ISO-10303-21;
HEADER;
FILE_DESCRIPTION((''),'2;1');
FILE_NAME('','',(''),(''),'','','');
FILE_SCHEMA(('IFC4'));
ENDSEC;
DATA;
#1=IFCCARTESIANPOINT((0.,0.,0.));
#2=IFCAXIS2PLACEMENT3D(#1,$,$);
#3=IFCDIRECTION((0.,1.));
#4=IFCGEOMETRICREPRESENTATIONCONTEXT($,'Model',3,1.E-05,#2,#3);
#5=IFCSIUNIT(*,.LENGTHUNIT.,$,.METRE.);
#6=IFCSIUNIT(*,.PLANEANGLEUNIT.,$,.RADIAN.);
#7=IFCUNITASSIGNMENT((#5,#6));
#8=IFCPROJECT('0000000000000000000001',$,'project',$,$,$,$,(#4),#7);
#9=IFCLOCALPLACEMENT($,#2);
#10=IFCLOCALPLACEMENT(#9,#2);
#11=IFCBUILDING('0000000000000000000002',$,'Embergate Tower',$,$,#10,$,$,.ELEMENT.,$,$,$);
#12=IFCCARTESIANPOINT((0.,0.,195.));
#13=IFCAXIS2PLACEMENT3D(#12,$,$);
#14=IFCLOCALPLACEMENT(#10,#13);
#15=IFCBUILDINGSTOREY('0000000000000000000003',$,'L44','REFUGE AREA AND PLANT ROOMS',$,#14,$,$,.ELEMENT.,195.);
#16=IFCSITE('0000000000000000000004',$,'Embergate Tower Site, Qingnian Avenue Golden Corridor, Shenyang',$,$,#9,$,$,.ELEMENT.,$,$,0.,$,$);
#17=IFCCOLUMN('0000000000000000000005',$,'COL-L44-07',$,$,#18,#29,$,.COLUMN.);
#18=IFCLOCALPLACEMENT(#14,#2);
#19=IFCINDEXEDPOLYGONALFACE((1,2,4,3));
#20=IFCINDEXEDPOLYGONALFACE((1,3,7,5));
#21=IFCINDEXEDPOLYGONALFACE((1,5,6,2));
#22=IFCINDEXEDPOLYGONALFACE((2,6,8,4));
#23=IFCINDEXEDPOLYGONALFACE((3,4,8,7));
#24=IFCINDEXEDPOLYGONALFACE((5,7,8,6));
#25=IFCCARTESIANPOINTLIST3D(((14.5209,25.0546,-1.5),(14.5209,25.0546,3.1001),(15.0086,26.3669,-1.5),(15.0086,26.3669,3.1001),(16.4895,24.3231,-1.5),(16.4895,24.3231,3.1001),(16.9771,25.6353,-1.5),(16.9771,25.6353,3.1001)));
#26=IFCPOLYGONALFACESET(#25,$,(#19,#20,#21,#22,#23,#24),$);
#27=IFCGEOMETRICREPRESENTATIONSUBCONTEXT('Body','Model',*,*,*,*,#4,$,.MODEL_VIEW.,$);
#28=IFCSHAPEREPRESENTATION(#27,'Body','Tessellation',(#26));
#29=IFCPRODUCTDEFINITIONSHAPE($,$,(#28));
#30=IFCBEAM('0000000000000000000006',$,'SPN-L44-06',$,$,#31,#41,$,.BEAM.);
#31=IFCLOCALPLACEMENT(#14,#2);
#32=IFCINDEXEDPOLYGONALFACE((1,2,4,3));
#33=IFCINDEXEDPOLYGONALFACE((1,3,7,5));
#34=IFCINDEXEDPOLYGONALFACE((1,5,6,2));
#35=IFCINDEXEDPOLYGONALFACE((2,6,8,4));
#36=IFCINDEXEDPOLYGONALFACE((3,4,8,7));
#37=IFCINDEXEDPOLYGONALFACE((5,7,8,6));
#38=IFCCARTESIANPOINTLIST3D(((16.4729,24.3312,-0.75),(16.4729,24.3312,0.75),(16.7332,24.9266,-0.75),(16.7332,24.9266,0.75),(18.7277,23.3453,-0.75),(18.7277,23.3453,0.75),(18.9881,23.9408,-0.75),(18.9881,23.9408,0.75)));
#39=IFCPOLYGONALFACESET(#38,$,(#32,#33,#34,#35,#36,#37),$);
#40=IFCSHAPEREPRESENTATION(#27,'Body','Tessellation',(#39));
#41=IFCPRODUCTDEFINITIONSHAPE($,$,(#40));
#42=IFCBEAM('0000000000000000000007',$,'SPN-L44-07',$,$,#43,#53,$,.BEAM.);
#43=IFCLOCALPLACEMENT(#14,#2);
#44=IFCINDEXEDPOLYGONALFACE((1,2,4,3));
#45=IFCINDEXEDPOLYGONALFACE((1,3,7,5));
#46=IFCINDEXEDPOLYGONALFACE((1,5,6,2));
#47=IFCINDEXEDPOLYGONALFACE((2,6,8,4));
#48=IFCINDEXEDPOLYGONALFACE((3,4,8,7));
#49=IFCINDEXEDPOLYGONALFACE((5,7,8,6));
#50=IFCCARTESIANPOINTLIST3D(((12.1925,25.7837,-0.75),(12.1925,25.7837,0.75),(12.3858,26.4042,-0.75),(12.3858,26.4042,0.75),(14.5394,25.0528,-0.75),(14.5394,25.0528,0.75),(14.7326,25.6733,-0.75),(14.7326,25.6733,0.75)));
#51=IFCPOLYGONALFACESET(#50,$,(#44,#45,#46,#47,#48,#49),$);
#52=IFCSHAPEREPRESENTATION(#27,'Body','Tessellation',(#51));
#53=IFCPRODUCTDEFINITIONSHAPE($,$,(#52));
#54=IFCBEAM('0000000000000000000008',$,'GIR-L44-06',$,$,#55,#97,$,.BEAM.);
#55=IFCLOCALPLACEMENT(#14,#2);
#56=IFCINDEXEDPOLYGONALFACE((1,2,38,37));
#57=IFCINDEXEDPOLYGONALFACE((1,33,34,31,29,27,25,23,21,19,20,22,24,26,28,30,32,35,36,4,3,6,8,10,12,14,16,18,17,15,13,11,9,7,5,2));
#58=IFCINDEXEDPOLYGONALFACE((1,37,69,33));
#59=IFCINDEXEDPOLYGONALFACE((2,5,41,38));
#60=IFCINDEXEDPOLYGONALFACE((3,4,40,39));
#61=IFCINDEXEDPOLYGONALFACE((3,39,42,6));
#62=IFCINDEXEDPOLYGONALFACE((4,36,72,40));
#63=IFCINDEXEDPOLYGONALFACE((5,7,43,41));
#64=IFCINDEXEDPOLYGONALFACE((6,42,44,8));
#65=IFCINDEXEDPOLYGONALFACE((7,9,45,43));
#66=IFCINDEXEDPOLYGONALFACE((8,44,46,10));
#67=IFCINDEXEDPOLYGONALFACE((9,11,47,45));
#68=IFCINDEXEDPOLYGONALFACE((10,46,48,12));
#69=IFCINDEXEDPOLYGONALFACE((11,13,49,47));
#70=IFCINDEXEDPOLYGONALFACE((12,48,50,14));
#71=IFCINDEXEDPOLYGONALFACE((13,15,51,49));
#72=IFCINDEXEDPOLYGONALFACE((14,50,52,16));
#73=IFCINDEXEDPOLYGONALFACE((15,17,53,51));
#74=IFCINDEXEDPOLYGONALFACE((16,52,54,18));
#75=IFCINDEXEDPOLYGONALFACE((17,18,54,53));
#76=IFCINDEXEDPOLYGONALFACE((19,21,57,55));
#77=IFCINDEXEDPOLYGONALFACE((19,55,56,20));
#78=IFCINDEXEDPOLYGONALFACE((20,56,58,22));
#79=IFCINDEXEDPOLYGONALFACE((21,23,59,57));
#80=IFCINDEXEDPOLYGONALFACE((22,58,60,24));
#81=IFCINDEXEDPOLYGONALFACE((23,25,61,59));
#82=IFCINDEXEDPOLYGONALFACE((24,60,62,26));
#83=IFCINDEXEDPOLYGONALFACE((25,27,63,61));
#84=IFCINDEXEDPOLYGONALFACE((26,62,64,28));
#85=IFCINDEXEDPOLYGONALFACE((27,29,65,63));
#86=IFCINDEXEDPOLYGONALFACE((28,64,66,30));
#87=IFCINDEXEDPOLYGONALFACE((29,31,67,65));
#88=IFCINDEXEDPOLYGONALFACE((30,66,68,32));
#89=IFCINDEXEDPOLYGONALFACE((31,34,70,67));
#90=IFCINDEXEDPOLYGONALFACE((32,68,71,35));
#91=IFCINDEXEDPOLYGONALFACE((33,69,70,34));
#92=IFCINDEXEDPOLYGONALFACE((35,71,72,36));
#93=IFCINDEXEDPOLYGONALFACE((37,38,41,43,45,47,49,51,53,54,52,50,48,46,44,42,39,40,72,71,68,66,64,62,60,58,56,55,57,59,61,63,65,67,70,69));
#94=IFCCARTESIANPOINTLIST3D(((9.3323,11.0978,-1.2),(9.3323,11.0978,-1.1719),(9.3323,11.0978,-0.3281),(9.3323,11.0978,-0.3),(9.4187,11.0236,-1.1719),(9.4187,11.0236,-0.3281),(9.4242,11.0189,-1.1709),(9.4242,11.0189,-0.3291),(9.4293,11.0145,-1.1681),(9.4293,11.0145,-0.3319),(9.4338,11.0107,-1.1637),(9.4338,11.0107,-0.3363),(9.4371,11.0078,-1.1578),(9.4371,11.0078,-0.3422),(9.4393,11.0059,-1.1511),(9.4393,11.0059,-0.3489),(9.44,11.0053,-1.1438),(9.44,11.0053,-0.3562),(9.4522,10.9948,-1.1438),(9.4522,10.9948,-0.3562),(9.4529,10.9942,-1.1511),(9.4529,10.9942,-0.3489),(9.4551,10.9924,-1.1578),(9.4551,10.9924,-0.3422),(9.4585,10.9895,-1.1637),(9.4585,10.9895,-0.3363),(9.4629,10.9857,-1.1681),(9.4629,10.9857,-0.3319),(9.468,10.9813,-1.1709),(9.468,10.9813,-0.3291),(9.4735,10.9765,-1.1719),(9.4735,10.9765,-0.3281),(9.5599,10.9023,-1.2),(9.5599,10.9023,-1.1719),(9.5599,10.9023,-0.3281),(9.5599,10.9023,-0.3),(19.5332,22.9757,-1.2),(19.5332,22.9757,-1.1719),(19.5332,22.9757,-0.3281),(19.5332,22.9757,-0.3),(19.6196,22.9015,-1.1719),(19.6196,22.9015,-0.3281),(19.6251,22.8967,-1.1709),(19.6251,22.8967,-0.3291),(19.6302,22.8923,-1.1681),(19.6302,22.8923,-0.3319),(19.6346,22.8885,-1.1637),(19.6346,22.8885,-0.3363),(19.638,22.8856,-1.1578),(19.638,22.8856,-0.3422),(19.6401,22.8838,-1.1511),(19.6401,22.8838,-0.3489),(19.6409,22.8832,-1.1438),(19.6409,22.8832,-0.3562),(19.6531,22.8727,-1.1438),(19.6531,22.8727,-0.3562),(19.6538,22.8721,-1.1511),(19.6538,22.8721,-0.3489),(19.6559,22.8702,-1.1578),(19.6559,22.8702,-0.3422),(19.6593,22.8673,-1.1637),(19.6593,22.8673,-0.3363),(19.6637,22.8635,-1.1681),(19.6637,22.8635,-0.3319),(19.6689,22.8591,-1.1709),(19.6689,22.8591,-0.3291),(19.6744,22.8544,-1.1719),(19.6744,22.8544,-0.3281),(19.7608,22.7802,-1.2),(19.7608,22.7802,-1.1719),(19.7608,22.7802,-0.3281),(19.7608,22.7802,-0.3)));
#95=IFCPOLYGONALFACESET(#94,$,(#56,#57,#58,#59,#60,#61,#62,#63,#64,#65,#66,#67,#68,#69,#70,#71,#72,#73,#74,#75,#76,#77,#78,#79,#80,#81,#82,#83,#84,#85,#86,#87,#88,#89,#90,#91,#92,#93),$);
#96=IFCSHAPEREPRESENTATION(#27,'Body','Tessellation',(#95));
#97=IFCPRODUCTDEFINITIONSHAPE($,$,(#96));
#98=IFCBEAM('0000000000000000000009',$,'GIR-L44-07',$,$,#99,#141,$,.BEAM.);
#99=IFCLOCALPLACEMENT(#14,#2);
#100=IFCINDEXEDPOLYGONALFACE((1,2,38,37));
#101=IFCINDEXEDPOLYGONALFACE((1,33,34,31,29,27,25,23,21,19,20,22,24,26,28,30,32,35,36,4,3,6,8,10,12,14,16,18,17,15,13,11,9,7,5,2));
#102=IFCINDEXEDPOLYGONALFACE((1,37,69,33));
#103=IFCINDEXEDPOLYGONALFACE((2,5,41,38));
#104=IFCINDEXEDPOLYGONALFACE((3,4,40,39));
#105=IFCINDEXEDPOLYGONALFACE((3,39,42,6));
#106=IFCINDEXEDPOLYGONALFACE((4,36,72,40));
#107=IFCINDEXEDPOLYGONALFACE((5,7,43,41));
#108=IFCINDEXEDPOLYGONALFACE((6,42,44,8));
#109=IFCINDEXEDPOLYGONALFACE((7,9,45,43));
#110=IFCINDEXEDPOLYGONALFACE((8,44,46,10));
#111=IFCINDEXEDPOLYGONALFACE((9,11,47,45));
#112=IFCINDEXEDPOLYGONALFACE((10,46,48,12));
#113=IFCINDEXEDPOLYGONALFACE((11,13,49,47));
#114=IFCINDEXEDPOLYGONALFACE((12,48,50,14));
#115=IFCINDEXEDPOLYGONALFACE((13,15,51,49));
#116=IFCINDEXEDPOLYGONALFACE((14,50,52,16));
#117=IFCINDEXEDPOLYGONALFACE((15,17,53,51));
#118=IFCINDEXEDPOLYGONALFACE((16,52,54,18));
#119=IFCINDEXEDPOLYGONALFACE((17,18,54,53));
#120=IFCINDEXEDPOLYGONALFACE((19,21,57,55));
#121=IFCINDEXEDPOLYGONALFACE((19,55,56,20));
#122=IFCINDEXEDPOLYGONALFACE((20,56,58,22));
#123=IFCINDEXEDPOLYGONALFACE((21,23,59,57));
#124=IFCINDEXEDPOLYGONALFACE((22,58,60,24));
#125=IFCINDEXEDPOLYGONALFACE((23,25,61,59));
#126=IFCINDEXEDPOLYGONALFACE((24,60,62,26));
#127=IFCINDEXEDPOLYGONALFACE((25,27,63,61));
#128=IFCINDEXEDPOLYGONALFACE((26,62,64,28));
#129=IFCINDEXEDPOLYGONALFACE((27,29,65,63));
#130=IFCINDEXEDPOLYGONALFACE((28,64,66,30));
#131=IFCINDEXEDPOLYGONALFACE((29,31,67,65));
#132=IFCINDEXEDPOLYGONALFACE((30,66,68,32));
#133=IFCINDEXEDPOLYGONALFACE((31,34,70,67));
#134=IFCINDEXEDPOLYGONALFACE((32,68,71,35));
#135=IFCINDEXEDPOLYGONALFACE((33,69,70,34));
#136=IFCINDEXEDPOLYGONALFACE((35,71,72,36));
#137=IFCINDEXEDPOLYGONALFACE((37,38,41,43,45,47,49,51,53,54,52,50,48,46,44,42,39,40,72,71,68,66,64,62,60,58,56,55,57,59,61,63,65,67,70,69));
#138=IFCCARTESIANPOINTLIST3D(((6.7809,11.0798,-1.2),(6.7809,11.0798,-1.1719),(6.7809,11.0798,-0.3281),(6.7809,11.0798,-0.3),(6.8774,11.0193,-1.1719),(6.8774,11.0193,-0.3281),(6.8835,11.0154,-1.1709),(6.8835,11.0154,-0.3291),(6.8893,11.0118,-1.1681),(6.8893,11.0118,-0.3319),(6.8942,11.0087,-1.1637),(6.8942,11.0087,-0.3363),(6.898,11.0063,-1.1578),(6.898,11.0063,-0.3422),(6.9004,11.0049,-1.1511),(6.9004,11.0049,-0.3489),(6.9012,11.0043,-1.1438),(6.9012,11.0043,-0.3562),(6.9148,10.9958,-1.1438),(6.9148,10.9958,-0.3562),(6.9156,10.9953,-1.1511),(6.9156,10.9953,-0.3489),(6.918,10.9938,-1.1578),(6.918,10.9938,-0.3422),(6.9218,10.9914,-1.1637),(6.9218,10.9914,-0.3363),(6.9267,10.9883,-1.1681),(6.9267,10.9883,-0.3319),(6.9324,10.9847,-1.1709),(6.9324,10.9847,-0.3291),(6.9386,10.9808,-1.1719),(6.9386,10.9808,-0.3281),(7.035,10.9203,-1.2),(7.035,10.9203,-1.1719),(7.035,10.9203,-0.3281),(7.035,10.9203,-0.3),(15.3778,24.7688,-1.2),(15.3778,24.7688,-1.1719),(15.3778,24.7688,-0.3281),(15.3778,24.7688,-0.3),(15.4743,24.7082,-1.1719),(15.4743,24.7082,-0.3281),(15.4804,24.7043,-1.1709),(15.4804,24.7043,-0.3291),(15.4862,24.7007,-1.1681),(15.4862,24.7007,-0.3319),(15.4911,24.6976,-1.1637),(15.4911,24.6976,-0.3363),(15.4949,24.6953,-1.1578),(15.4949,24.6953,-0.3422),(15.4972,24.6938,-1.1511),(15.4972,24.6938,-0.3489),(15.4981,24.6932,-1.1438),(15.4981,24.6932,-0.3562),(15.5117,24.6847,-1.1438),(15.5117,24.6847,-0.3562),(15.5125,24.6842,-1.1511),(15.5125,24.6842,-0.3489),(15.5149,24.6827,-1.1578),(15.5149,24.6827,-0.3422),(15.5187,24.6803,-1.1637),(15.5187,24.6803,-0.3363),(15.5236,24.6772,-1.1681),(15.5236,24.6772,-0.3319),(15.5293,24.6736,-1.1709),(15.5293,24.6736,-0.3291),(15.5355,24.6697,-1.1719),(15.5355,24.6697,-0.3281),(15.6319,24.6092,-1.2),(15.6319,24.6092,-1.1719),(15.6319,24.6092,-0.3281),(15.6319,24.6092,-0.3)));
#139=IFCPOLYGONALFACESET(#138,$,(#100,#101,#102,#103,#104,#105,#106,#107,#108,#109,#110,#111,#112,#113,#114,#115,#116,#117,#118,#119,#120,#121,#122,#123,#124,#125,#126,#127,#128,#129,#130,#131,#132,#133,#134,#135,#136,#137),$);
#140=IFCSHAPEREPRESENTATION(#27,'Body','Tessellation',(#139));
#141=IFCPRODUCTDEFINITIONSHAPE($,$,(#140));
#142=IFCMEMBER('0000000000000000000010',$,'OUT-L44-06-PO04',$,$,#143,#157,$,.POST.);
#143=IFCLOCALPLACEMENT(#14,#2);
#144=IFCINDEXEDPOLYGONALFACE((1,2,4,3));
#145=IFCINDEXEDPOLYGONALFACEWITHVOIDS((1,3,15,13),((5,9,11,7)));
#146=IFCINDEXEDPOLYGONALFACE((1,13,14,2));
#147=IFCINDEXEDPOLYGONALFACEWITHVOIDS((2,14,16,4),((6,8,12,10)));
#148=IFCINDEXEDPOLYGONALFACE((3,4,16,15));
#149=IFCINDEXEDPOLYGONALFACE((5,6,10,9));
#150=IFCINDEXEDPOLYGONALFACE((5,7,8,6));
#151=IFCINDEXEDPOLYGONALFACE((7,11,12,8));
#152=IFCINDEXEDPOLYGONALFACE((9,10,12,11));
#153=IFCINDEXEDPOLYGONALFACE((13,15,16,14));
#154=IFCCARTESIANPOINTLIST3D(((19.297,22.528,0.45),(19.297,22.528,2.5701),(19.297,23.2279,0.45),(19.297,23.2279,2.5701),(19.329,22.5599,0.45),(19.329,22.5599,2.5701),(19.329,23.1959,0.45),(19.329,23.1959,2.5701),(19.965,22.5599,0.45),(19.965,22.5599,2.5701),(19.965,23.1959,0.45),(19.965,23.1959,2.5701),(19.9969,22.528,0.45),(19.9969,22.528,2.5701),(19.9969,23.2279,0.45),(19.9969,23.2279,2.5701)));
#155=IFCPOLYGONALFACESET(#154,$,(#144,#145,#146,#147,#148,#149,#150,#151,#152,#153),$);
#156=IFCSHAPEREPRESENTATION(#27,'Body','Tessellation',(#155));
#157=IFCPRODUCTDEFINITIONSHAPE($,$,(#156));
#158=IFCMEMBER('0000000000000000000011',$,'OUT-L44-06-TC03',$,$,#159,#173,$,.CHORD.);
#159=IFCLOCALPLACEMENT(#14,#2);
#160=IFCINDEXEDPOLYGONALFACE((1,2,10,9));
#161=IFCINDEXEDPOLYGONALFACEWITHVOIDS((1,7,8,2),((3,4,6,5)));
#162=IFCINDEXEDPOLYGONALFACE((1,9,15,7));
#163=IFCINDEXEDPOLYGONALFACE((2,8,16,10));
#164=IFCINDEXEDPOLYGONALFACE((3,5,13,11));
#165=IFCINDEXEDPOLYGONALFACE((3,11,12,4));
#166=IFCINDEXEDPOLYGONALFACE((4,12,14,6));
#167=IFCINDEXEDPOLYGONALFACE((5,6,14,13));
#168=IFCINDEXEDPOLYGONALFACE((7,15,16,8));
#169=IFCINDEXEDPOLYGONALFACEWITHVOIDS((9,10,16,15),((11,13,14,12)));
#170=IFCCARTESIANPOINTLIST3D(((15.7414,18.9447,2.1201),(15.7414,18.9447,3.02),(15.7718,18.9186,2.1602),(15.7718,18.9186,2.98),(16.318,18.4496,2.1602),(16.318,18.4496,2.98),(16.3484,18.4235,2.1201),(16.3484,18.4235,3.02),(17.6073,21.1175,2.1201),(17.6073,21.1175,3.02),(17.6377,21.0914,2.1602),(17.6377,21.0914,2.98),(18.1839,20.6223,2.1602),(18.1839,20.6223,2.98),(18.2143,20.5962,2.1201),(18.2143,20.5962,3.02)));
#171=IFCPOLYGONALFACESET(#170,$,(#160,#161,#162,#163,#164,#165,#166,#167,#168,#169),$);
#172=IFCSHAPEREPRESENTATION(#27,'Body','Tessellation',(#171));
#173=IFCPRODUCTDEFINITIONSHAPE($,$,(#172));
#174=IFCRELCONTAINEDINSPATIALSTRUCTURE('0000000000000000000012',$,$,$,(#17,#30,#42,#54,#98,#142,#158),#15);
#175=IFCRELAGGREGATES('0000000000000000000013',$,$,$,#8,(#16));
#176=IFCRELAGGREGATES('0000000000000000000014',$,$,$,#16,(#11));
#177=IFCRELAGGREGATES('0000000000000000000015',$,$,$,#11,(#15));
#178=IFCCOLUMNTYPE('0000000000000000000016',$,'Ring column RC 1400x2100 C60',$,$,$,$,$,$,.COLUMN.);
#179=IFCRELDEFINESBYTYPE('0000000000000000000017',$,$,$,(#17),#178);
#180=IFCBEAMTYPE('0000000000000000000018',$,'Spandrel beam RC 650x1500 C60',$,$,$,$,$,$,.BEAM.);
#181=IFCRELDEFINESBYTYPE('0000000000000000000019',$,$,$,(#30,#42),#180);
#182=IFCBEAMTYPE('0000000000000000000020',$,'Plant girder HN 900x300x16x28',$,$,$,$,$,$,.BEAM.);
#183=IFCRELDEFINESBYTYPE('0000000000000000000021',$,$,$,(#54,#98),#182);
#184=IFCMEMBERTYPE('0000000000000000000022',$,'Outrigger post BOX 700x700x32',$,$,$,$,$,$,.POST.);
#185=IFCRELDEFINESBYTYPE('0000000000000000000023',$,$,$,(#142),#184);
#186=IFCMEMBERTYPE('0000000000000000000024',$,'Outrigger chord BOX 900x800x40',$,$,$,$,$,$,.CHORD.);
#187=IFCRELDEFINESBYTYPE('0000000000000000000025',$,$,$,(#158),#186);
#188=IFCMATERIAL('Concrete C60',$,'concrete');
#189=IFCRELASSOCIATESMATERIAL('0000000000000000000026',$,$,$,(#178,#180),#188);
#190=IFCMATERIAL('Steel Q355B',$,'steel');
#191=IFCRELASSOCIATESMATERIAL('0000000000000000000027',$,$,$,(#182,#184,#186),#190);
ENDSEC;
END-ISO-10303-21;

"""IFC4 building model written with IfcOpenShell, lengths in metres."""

from ifc_helpers import new_model, si_unit, direction, frame, origin, origin_2d, place, context, subcontext, project, spatial, rectangle, hollow_rectangle, i_section, extrude, source, transform, mapped, material, material_profile, profile_set, type_object, element, save


model = new_model("IFC4")

# Units and contexts
model_context = context("Model", 3, precision=1e-05, world=origin(), true_north=direction((0.0, 1.0)))
body_context = subcontext(model_context, "Body", "Model", "MODEL_VIEW")
ifc_project = project(units=[si_unit("LENGTHUNIT", "METRE"), si_unit("PLANEANGLEUNIT", "RADIAN")], contexts=[model_context])

# Site, building, storey
site_placement = place(None, origin())
site = spatial("IfcSite", under=ifc_project, at=site_placement, Name="Embergate Tower Site, Qingnian Avenue Golden Corridor, Shenyang", CompositionType="ELEMENT", RefElevation=0.0)
building_placement = place(site_placement, origin())
building = spatial("IfcBuilding", under=site, at=building_placement, Name="Embergate Tower", CompositionType="ELEMENT")
storey_placement = place(building_placement, frame((0.0, 0.0, 195.0)))
storey = spatial("IfcBuildingStorey", under=building, at=storey_placement, Name="L44", Description="REFUGE AREA AND PLANT ROOMS", CompositionType="ELEMENT", Elevation=195.0)

# Column
ifc_material_1 = material(Name="Concrete C60", Category="concrete")
ifc_material_profile_1 = material_profile(ifc_material_1, rectangle(XDim=1.3999, YDim=2.1001, at=origin_2d()), Name="RC 1400x2100")
ifc_profile_set_1 = profile_set([ifc_material_profile_1], Name="Concrete C60")
column_type = type_object("IfcColumnType", Name="Ring column RC 1400x2100 C60", PredefinedType="COLUMN", material=ifc_profile_set_1)
shared_shape_1 = source(origin(), body_context, "Body", "SweptSolid", [
    extrude(rectangle(XDim=1.3999, YDim=2.1001, at=origin_2d()), origin(), (0.0, 0.0, 1.0), 4.6001),
])
column_placement = place(storey_placement, frame((15.749, 25.345, -1.5), z_axis=(0.0, 0.0, 1.0), x_axis=(0.348343, 0.937367, 0.0)))
element("IfcColumn", 1, at=column_placement, inside=storey, type_object=column_type, Name="COL-L44-07", PredefinedType="COLUMN", context=body_context, shape_type="MappedRepresentation", body=[
    mapped(shared_shape_1, transform((0.0, 0.0, 0.0))),
])

# Beams
ifc_material_profile_2 = material_profile(ifc_material_1, rectangle(XDim=0.6499, YDim=1.5, at=origin_2d()), Name="RC 650x1500")
ifc_profile_set_2 = profile_set([ifc_material_profile_2], Name="Concrete C60")
beam_type_1 = type_object("IfcBeamType", Name="Spandrel beam RC 650x1500 C60", PredefinedType="BEAM", material=ifc_profile_set_2)
shared_shape_2 = source(origin(), body_context, "Body", "SweptSolid", [
    extrude(rectangle(XDim=0.6499, YDim=1.5, at=origin_2d()), origin(), (0.0, 0.0, 1.0), 2.4609),
])
beam_1_placement = place(storey_placement, frame((18.8579, 23.6431, 0.0), z_axis=(-0.916257, 0.40059, 0.0), x_axis=(-0.40059, -0.916257, 0.0)))
element("IfcBeam", 2, at=beam_1_placement, inside=storey, type_object=beam_type_1, Name="SPN-L44-06", PredefinedType="BEAM", context=body_context, shape_type="MappedRepresentation", body=[
    mapped(shared_shape_2, transform((0.0, 0.0, 0.0))),
])
shared_shape_3 = source(origin(), body_context, "Body", "SweptSolid", [
    extrude(rectangle(XDim=0.6499, YDim=1.5, at=origin_2d()), origin(), (0.0, 0.0, 1.0), 2.458),
])
beam_2_placement = place(storey_placement, frame((14.636, 25.363, 0.0), z_axis=(-0.954764, 0.297364, 0.0), x_axis=(-0.297364, -0.954764, 0.0)))
element("IfcBeam", 3, at=beam_2_placement, inside=storey, type_object=beam_type_1, Name="SPN-L44-07", PredefinedType="BEAM", context=body_context, shape_type="MappedRepresentation", body=[
    mapped(shared_shape_3, transform((0.0, 0.0, 0.0))),
])
ifc_material_2 = material(Name="Steel Q355B", Category="steel")
ifc_material_profile_3 = material_profile(ifc_material_2, i_section(OverallWidth=0.3, OverallDepth=0.8999, WebThickness=0.0161, FlangeThickness=0.0281, FilletRadius=0.0281, at=origin_2d()), Name="HN 900x300x16x28")
ifc_profile_set_3 = profile_set([ifc_material_profile_3], Name="Steel Q355 grade B")
beam_type_2 = type_object("IfcBeamType", Name="Plant girder HN 900x300x16x28", PredefinedType="BEAM", material=ifc_profile_set_3)
shared_shape_4 = source(origin(), body_context, "Body", "SweptSolid", [
    extrude(i_section(OverallWidth=0.3, OverallDepth=0.8999, WebThickness=0.0161, FlangeThickness=0.0281, FilletRadius=0.0281, at=origin_2d()), origin(), (0.0, 0.0, 1.0), 15.657),
])
beam_3_placement = place(storey_placement, frame((19.647, 22.8779, -0.75), z_axis=(-0.651522, -0.75863, 0.0), x_axis=(0.75863, -0.651522, 0.0)))
element("IfcBeam", 4, at=beam_3_placement, inside=storey, type_object=beam_type_2, Name="GIR-L44-06", PredefinedType="BEAM", context=body_context, shape_type="MappedRepresentation", body=[
    mapped(shared_shape_4, transform((0.0, 0.0, 0.0))),
])
shared_shape_5 = source(origin(), body_context, "Body", "SweptSolid", [
    extrude(i_section(OverallWidth=0.3, OverallDepth=0.8999, WebThickness=0.0161, FlangeThickness=0.0281, FilletRadius=0.0281, at=origin_2d()), origin(), (0.0, 0.0, 1.0), 16.1646),
])
beam_4_placement = place(storey_placement, frame((15.5049, 24.689, -0.75), z_axis=(-0.531836, -0.846847, 0.0), x_axis=(0.846847, -0.531836, 0.0)))
element("IfcBeam", 5, at=beam_4_placement, inside=storey, type_object=beam_type_2, Name="GIR-L44-07", PredefinedType="BEAM", context=body_context, shape_type="MappedRepresentation", body=[
    mapped(shared_shape_5, transform((0.0, 0.0, 0.0))),
])

# Members
ifc_material_profile_4 = material_profile(ifc_material_2, hollow_rectangle(XDim=0.7, YDim=0.7, WallThickness=0.032, at=origin_2d()), Name="BOX 700x700x32")
ifc_profile_set_4 = profile_set([ifc_material_profile_4], Name="Steel Q355 grade B")
member_type_1 = type_object("IfcMemberType", Name="Outrigger post BOX 700x700x32", PredefinedType="POST", material=ifc_profile_set_4)
shared_shape_6 = source(origin(), body_context, "Body", "SweptSolid", [
    extrude(hollow_rectangle(XDim=0.7, YDim=0.7, WallThickness=0.032, at=origin_2d()), origin(), (0.0, 0.0, 1.0), 2.1201),
])
member_placement = place(storey_placement, frame((19.647, 22.8779, 0.45), z_axis=(0.0, 0.0, 1.0), x_axis=(1.0, 0.0, 0.0)))
element("IfcMember", 6, at=member_placement, inside=storey, type_object=member_type_1, Name="OUT-L44-06-PO04", PredefinedType="POST", context=body_context, shape_type="MappedRepresentation", body=[
    mapped(shared_shape_6, transform((0.0, 0.0, 0.0))),
])
ifc_material_profile_5 = material_profile(ifc_material_2, hollow_rectangle(XDim=0.8, YDim=0.8999, WallThickness=0.04, at=origin_2d()), Name="BOX 900x800x40")
ifc_profile_set_5 = profile_set([ifc_material_profile_5], Name="Steel Q355 grade B")
member_type_2 = type_object("IfcMemberType", Name="Outrigger chord BOX 900x800x40", PredefinedType="CHORD", material=ifc_profile_set_5)
shared_shape_7 = source(origin(), body_context, "Body", "SweptSolid", [
    extrude(hollow_rectangle(XDim=0.8, YDim=0.8999, WallThickness=0.04, at=origin_2d()), origin(), (0.0, 0.0, 1.0), 2.864),
])
for number, where, z_axis, x_axis, name in (
    (7, (16.0449, 18.6841, 2.5701), (0.6515, 0.758649, 0.0), (-0.758649, 0.6515, 0.0), "OUT-L44-06-TC03"),
):
    element("IfcMember", number, at=place(storey_placement, frame(where, z_axis=z_axis, x_axis=x_axis)), inside=storey, type_object=member_type_2, Name=name, PredefinedType="CHORD", context=body_context, shape_type="MappedRepresentation", body=[
        mapped(shared_shape_7, transform((0.0, 0.0, 0.0))),
    ])

save(model, "model.ifc")
